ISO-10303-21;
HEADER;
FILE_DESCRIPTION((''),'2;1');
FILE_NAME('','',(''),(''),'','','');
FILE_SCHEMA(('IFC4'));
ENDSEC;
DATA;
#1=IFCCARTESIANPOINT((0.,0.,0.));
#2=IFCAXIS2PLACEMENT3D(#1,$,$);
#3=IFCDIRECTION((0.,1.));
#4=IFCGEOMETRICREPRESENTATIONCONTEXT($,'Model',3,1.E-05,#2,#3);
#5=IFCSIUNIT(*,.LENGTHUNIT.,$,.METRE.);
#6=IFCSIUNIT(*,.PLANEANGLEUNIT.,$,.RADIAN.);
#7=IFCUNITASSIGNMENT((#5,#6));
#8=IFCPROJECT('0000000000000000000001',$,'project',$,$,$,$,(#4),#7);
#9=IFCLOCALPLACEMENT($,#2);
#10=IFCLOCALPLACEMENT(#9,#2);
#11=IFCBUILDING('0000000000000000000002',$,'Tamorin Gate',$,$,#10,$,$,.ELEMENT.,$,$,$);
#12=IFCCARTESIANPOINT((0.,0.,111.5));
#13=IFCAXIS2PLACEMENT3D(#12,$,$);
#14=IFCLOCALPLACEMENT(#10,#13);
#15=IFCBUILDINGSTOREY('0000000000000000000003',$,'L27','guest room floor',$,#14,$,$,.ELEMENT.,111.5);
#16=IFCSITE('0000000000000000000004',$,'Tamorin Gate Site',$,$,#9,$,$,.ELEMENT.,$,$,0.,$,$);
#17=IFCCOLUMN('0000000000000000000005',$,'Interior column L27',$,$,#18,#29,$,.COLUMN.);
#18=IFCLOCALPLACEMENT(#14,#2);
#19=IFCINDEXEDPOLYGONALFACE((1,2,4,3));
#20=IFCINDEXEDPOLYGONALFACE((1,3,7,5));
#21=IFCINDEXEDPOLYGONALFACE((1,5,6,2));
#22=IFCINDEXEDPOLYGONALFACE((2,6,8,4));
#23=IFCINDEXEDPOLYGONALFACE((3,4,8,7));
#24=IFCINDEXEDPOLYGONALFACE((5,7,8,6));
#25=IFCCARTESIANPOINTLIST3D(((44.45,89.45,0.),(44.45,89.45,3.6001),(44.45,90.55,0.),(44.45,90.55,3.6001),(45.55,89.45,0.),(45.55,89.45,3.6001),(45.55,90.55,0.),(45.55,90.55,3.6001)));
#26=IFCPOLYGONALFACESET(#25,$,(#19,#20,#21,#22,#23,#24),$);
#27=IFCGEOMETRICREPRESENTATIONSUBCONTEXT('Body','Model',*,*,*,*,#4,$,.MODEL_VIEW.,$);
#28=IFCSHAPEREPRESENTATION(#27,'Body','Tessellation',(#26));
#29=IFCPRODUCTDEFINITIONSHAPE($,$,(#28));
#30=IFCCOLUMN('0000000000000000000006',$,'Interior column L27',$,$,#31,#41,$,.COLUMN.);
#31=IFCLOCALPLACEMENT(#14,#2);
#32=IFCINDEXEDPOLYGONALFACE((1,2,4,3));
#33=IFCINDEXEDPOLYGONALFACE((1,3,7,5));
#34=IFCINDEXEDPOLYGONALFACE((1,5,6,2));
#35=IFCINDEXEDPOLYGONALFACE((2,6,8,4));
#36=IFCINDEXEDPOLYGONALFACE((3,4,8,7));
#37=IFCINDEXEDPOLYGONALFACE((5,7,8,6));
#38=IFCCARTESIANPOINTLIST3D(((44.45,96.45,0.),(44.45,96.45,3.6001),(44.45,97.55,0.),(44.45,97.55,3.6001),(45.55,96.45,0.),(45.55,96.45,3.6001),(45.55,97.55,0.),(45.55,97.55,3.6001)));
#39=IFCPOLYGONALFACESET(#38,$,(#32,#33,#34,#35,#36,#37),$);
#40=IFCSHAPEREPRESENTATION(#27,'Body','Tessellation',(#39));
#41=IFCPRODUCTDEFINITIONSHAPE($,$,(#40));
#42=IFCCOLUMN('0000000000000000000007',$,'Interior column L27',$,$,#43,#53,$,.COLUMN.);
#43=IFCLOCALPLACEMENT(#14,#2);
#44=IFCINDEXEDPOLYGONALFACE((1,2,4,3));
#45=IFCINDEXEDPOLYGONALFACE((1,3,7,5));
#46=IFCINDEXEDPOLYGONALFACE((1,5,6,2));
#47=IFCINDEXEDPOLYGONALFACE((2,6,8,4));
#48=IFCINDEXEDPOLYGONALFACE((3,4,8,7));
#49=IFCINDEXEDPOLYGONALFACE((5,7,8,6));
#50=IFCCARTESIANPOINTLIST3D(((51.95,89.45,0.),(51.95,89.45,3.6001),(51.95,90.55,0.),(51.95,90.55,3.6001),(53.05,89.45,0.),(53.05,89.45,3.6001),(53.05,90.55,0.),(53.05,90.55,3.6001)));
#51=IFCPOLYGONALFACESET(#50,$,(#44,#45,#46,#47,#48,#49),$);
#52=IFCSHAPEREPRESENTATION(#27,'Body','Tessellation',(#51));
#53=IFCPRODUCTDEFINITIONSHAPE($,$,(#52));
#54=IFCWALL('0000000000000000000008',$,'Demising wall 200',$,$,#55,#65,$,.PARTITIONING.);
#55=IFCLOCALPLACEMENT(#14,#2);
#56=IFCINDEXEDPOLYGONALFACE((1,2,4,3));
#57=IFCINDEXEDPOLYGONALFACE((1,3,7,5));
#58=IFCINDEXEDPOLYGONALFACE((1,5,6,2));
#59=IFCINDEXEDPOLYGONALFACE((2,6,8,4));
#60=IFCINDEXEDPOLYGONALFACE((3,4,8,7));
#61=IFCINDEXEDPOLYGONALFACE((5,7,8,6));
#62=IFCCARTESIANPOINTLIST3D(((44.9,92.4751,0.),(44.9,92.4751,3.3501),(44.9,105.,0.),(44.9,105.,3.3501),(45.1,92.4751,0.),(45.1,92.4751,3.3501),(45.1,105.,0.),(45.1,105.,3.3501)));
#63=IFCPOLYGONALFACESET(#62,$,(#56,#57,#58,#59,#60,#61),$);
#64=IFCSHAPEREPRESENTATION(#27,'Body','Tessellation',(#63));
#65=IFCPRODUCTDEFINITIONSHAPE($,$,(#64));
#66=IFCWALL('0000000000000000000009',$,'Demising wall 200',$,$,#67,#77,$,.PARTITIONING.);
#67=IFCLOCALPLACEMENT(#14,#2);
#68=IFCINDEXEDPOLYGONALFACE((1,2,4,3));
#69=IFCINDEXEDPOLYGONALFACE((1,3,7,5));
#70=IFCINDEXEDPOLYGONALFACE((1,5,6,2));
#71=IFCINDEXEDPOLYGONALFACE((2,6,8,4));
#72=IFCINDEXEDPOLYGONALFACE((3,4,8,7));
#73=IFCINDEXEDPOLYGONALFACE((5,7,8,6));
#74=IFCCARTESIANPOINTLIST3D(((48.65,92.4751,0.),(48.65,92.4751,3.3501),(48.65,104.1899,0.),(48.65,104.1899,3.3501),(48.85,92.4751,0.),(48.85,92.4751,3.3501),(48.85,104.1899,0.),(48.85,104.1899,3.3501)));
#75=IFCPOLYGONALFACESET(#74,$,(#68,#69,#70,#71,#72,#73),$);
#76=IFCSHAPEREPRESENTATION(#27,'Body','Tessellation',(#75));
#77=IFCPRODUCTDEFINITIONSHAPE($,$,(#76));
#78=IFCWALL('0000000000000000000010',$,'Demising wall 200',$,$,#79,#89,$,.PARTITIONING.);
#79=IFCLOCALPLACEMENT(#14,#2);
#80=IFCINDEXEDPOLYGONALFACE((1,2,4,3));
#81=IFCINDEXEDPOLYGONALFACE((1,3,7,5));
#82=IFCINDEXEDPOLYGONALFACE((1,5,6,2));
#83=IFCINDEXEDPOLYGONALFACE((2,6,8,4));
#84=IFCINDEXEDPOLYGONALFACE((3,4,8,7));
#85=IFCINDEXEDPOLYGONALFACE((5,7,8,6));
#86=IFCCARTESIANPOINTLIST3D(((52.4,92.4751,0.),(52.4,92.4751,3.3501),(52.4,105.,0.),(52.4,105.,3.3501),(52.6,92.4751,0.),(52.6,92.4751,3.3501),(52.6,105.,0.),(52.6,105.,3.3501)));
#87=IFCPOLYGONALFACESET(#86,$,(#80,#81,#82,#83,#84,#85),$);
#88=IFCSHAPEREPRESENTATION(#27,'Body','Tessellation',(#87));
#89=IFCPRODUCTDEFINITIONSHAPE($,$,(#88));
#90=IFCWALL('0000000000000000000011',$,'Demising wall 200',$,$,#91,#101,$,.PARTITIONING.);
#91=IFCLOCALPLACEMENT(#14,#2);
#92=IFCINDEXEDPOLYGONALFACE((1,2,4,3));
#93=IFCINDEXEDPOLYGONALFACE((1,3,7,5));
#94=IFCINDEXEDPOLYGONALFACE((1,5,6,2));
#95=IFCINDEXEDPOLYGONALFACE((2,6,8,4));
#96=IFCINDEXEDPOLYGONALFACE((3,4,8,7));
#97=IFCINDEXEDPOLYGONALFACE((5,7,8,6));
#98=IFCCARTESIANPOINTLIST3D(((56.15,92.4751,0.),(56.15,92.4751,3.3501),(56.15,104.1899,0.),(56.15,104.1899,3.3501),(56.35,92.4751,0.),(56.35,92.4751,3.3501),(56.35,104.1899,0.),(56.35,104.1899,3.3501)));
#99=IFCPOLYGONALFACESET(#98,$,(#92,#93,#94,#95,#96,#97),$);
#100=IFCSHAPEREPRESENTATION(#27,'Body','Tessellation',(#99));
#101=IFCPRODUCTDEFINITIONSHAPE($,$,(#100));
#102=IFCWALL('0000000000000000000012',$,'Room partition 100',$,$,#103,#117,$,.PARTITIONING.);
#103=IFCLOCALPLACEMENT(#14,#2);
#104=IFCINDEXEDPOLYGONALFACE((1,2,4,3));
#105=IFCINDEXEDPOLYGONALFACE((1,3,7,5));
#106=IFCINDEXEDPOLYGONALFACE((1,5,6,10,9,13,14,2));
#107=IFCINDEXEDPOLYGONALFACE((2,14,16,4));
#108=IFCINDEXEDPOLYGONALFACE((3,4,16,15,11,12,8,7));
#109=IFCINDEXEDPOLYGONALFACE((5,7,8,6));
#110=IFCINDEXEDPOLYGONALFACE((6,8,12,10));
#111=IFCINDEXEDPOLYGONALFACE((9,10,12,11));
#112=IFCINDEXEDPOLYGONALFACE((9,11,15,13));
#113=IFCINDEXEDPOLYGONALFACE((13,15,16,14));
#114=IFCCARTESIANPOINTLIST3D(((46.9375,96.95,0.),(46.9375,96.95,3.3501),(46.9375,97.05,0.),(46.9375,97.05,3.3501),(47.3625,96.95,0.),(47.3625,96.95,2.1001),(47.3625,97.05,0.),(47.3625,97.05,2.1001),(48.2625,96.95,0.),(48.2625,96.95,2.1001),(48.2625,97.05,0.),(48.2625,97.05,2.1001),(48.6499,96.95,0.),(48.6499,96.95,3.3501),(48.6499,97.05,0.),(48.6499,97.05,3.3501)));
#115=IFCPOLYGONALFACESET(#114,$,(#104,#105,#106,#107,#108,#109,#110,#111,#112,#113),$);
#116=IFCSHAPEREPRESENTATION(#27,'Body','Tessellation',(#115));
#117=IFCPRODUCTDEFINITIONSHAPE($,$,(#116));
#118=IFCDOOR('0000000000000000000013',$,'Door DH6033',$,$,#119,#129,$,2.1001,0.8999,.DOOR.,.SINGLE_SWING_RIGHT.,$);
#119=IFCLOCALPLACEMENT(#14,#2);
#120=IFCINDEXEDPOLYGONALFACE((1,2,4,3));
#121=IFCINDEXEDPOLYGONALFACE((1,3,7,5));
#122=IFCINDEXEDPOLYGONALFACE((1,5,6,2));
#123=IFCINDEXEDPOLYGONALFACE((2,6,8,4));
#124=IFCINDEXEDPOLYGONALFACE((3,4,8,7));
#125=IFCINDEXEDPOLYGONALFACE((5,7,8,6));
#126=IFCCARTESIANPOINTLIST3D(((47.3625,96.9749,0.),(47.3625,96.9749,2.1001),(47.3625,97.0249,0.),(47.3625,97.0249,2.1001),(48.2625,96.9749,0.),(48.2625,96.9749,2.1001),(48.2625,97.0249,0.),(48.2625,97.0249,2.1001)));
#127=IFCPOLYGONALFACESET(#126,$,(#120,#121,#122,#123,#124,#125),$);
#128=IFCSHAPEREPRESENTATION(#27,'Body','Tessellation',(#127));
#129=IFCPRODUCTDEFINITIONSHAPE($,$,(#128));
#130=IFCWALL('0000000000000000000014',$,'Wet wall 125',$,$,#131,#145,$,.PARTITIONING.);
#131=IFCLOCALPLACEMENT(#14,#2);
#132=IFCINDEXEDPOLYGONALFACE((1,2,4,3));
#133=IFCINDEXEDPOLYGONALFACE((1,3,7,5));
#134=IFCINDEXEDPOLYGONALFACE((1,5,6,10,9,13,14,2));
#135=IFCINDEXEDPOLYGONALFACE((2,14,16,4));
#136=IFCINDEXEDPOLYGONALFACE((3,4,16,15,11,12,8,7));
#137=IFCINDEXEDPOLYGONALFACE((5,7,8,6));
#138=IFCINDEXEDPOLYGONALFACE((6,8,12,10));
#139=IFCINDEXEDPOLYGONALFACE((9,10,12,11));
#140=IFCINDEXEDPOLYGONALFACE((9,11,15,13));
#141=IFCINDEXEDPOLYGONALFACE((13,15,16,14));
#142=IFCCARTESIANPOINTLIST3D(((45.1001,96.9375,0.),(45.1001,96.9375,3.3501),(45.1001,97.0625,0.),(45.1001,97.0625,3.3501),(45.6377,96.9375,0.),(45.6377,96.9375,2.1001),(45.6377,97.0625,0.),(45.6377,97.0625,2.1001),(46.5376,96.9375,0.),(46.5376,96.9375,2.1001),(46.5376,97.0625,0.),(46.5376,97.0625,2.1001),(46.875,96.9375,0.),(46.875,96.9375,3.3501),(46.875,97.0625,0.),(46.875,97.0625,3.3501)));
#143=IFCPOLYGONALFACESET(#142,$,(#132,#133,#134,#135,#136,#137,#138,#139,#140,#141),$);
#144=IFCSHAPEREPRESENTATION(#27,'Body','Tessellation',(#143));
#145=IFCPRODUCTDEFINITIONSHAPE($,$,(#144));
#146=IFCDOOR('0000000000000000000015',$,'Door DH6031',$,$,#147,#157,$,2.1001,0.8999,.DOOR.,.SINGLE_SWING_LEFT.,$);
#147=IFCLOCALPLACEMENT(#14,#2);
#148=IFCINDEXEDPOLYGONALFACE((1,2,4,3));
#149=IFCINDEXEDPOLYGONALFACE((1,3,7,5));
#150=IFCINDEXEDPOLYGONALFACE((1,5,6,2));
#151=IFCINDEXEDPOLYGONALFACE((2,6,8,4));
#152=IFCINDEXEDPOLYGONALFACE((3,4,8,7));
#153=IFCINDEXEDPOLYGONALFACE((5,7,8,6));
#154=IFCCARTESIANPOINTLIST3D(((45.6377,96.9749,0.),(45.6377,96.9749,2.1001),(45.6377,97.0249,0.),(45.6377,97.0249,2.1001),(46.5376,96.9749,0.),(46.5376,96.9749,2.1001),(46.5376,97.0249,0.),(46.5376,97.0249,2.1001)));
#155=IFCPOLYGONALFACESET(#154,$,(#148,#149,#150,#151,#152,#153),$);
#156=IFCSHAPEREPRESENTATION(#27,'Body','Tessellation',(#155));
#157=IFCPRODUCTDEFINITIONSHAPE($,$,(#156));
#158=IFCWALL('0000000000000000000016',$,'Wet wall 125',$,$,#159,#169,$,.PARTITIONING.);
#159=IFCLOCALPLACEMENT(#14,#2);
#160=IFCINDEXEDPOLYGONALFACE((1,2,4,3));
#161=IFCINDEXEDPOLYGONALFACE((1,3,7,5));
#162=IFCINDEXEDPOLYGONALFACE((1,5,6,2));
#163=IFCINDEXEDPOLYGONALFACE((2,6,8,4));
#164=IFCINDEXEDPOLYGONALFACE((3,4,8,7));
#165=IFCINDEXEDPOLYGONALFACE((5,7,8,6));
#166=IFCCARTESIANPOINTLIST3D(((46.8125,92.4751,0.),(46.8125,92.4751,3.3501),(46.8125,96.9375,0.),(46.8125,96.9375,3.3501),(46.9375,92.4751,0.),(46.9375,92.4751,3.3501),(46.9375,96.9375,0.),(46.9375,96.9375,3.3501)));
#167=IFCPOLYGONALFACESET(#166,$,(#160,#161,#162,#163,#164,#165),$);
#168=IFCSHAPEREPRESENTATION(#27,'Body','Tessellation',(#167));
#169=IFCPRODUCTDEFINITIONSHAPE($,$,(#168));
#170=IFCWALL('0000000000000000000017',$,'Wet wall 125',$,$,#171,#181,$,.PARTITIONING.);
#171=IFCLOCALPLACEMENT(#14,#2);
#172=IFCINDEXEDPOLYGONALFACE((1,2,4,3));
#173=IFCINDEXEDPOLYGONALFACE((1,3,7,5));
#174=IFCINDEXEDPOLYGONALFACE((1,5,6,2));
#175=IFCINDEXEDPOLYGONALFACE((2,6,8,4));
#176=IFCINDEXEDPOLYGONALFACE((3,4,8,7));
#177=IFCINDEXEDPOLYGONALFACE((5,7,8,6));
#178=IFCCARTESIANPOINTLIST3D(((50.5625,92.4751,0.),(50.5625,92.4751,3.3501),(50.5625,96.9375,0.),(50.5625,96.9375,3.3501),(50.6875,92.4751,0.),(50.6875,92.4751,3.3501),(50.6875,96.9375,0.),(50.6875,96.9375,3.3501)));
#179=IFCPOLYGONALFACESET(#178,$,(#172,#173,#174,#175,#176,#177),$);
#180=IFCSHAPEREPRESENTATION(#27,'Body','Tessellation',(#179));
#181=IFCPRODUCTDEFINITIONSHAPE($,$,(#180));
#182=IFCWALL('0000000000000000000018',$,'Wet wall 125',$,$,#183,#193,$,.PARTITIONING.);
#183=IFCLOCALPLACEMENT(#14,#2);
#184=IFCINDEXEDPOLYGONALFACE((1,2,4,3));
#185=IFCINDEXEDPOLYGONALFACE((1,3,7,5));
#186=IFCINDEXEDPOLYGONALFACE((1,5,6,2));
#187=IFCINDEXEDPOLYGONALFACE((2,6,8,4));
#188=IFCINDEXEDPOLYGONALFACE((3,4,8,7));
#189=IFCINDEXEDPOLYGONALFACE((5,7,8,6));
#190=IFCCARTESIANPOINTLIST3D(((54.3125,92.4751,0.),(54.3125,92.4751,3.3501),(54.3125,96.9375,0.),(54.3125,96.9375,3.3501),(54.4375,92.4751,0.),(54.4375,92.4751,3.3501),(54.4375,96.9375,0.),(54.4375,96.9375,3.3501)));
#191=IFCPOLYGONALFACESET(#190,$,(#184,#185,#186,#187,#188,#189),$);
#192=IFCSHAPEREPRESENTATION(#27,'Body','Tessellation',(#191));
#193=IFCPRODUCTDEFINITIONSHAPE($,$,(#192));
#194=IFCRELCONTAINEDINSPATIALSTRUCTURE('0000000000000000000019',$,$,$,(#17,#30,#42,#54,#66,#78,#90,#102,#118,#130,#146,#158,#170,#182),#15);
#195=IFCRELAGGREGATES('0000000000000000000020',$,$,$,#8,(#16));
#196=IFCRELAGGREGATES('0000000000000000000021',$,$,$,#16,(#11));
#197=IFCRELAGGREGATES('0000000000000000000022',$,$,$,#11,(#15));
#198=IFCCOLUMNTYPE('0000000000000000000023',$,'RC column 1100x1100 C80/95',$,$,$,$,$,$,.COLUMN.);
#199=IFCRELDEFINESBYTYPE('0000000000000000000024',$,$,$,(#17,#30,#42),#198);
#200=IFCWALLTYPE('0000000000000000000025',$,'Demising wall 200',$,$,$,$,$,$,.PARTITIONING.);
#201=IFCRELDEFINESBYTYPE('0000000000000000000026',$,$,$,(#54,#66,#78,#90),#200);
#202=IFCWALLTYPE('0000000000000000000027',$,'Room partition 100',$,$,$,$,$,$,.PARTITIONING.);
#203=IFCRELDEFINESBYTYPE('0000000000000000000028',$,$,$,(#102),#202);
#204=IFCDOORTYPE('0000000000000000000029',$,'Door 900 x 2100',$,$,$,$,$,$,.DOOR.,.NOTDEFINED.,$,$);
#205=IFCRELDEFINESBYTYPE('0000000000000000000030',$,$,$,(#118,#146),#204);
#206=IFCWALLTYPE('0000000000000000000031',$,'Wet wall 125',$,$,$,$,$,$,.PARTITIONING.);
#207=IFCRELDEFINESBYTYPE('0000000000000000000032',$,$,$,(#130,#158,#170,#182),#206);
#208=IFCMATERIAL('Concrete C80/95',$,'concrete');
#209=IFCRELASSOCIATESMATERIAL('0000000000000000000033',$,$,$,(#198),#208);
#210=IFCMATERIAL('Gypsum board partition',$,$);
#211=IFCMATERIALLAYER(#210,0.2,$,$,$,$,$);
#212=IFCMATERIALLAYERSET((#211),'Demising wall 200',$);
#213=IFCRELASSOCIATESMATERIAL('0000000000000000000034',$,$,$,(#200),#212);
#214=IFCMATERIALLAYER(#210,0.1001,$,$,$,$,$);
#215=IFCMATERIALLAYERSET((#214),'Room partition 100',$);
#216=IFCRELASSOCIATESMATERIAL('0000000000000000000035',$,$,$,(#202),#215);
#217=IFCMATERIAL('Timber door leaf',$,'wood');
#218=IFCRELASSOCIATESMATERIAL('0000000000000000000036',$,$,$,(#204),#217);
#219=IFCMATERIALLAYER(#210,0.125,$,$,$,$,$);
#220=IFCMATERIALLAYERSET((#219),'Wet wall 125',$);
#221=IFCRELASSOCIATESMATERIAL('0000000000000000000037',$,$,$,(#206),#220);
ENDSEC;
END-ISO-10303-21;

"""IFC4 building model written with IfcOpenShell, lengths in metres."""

from ifc_helpers import new_model, si_unit, direction, frame, frame_2d, origin, origin_2d, place, context, subcontext, project, spatial, rectangle, extrude, material, layer, layer_set, material_profile, profile_set, type_object, element, fill, save


model = new_model("IFC4")

# Units and contexts
model_context = context("Model", 3, precision=1e-05, world=origin(), true_north=direction((0.0, 1.0)))
body_context = subcontext(model_context, "Body", "Model", "MODEL_VIEW")
ifc_project = project(units=[si_unit("LENGTHUNIT", "METRE"), si_unit("PLANEANGLEUNIT", "RADIAN")], contexts=[model_context])

# Site, building, storey
site_placement = place(None, origin())
site = spatial("IfcSite", under=ifc_project, at=site_placement, Name="Tamorin Gate Site", CompositionType="ELEMENT", RefElevation=0.0)
building_placement = place(site_placement, origin())
building = spatial("IfcBuilding", under=site, at=building_placement, Name="Tamorin Gate", CompositionType="ELEMENT")
storey_placement = place(building_placement, frame((0.0, 0.0, 111.5)))
storey = spatial("IfcBuildingStorey", under=building, at=storey_placement, Name="L27", Description="guest room floor", CompositionType="ELEMENT", Elevation=111.5)

# Columns
ifc_material_1 = material(Name="Concrete C80/95", Category="concrete")
ifc_material_profile = material_profile(ifc_material_1, rectangle(XDim=1.1001, YDim=1.1001, at=origin_2d()), Name="RC 1100x1100")
ifc_profile_set = profile_set([ifc_material_profile], Name="Concrete C80/95")
column_type = type_object("IfcColumnType", Name="RC column 1100x1100 C80/95", PredefinedType="COLUMN", material=ifc_profile_set)
for number, where, z_axis, x_axis, name in (
    (1, (45.0, 90.0, 0.0), (0.0, 0.0, 1.0), (1.0, 0.0, 0.0), "Interior column L27"),
    (2, (45.0, 97.0, 0.0), (0.0, 0.0, 1.0), (1.0, 0.0, 0.0), "Interior column L27"),
    (3, (52.5, 90.0, 0.0), (0.0, 0.0, 1.0), (1.0, 0.0, 0.0), "Interior column L27"),
):
    element("IfcColumn", number, at=place(storey_placement, frame(where, z_axis=z_axis, x_axis=x_axis)), inside=storey, type_object=column_type, Name=name, PredefinedType="COLUMN", context=body_context, shape_type="SweptSolid", body=[
        extrude(rectangle(XDim=1.1001, YDim=1.1001, at=origin_2d()), origin(), (0.0, 0.0, 1.0), 3.6001),
    ])

# Walls
ifc_material_2 = material(Name="Gypsum board partition")
ifc_layer_1 = layer(ifc_material_2, 0.2)
ifc_layer_set_1 = layer_set([ifc_layer_1], Name="Demising wall 200")
wall_type_1 = type_object("IfcWallType", Name="Demising wall 200", PredefinedType="PARTITIONING", material=ifc_layer_set_1)
wall_1_placement = place(storey_placement, frame((45.0, 92.4751, 0.0), z_axis=(0.0, 0.0, 1.0), x_axis=(0.0, 1.0, 0.0)))
element("IfcWall", 4, at=wall_1_placement, inside=storey, type_object=wall_type_1, Name="Demising wall 200", PredefinedType="PARTITIONING", context=body_context, shape_type="SweptSolid", body=[
    extrude(rectangle(XDim=12.5249, YDim=0.2, at=frame_2d((6.2625, 0.0))), origin(), (0.0, 0.0, 1.0), 3.3501),
])
wall_2_placement = place(storey_placement, frame((48.75, 92.4751, 0.0), z_axis=(0.0, 0.0, 1.0), x_axis=(0.0, 1.0, 0.0)))
element("IfcWall", 5, at=wall_2_placement, inside=storey, type_object=wall_type_1, Name="Demising wall 200", PredefinedType="PARTITIONING", context=body_context, shape_type="SweptSolid", body=[
    extrude(rectangle(XDim=11.7148, YDim=0.2, at=frame_2d((5.8574, 0.0))), origin(), (0.0, 0.0, 1.0), 3.3501),
])
wall_3_placement = place(storey_placement, frame((52.5, 92.4751, 0.0), z_axis=(0.0, 0.0, 1.0), x_axis=(0.0, 1.0, 0.0)))
element("IfcWall", 6, at=wall_3_placement, inside=storey, type_object=wall_type_1, Name="Demising wall 200", PredefinedType="PARTITIONING", context=body_context, shape_type="SweptSolid", body=[
    extrude(rectangle(XDim=12.5249, YDim=0.2, at=frame_2d((6.2625, 0.0))), origin(), (0.0, 0.0, 1.0), 3.3501),
])
wall_4_placement = place(storey_placement, frame((56.25, 92.4751, 0.0), z_axis=(0.0, 0.0, 1.0), x_axis=(0.0, 1.0, 0.0)))
element("IfcWall", 7, at=wall_4_placement, inside=storey, type_object=wall_type_1, Name="Demising wall 200", PredefinedType="PARTITIONING", context=body_context, shape_type="SweptSolid", body=[
    extrude(rectangle(XDim=11.7148, YDim=0.2, at=frame_2d((5.8574, 0.0))), origin(), (0.0, 0.0, 1.0), 3.3501),
])

# Walls, openings, doors
ifc_layer_2 = layer(ifc_material_2, 0.1001)
ifc_layer_set_2 = layer_set([ifc_layer_2], Name="Room partition 100")
wall_type_2 = type_object("IfcWallType", Name="Room partition 100", PredefinedType="PARTITIONING", material=ifc_layer_set_2)
wall_5_placement = place(storey_placement, frame((46.9375, 97.0, 0.0), z_axis=(0.0, 0.0, 1.0), x_axis=(1.0, 0.0, 0.0)))
wall_5 = element("IfcWall", 8, at=wall_5_placement, inside=storey, type_object=wall_type_2, Name="Room partition 100", PredefinedType="PARTITIONING", context=body_context, shape_type="SweptSolid", body=[
    extrude(rectangle(XDim=1.7124, YDim=0.1001, at=frame_2d((0.8562, 0.0))), origin(), (0.0, 0.0, 1.0), 3.3501),
])
opening_1_placement = place(wall_5_placement, frame((0.425, 0.0, 0.0)))
opening_1 = element("IfcOpeningElement", 9, at=opening_1_placement, cuts=wall_5, PredefinedType="OPENING", context=body_context, shape_type="SweptSolid", body=[
    extrude(rectangle(XDim=0.8999, YDim=2.1001, at=frame_2d((0.45, 1.05))), frame((0.0, 0.0601, 0.0), z_axis=(0.0, -1.0, 0.0), x_axis=(1.0, 0.0, 0.0)), (0.0, 0.0, 1.0), 0.1201),
])
ifc_material_3 = material(Name="Timber door leaf", Category="wood")
door_type = type_object("IfcDoorType", Name="Door 900 x 2100", OperationType="NOTDEFINED", PredefinedType="DOOR", material=ifc_material_3)
door_1_placement = place(opening_1_placement, origin())
door_1 = element("IfcDoor", 10, at=door_1_placement, inside=storey, type_object=door_type, Name="Door DH6033", OperationType="SINGLE_SWING_RIGHT", OverallHeight=2.1001, OverallWidth=0.8999, PredefinedType="DOOR", context=body_context, shape_type="SweptSolid", body=[
    extrude(rectangle(XDim=0.8999, YDim=2.1001, at=frame_2d((0.45, 1.05))), frame((0.0, 0.0249, 0.0), z_axis=(0.0, -1.0, 0.0), x_axis=(1.0, 0.0, 0.0)), (0.0, 0.0, 1.0), 0.05),
])
fill(opening_1, door_1)
ifc_layer_3 = layer(ifc_material_2, 0.125)
ifc_layer_set_3 = layer_set([ifc_layer_3], Name="Wet wall 125")
wall_type_3 = type_object("IfcWallType", Name="Wet wall 125", PredefinedType="PARTITIONING", material=ifc_layer_set_3)
wall_6_placement = place(storey_placement, frame((45.1001, 97.0, 0.0), z_axis=(0.0, 0.0, 1.0), x_axis=(1.0, 0.0, 0.0)))
wall_6 = element("IfcWall", 11, at=wall_6_placement, inside=storey, type_object=wall_type_3, Name="Wet wall 125", PredefinedType="PARTITIONING", context=body_context, shape_type="SweptSolid", body=[
    extrude(rectangle(XDim=1.7749, YDim=0.125, at=frame_2d((0.8875, 0.0))), origin(), (0.0, 0.0, 1.0), 3.3501),
])
opening_2_placement = place(wall_6_placement, frame((0.5376, 0.0, 0.0)))
opening_2 = element("IfcOpeningElement", 12, at=opening_2_placement, cuts=wall_6, PredefinedType="OPENING", context=body_context, shape_type="SweptSolid", body=[
    extrude(rectangle(XDim=0.8999, YDim=2.1001, at=frame_2d((0.45, 1.05))), frame((0.0, 0.0725, 0.0), z_axis=(0.0, -1.0, 0.0), x_axis=(1.0, 0.0, 0.0)), (0.0, 0.0, 1.0), 0.145),
])
door_2_placement = place(opening_2_placement, origin())
door_2 = element("IfcDoor", 13, at=door_2_placement, inside=storey, type_object=door_type, Name="Door DH6031", OperationType="SINGLE_SWING_LEFT", OverallHeight=2.1001, OverallWidth=0.8999, PredefinedType="DOOR", context=body_context, shape_type="SweptSolid", body=[
    extrude(rectangle(XDim=0.8999, YDim=2.1001, at=frame_2d((0.45, 1.05))), frame((0.0, 0.0249, 0.0), z_axis=(0.0, -1.0, 0.0), x_axis=(1.0, 0.0, 0.0)), (0.0, 0.0, 1.0), 0.05),
])
fill(opening_2, door_2)

# Walls
for number, where, z_axis, x_axis, name in (
    (14, (46.875, 92.4751, 0.0), (0.0, 0.0, 1.0), (0.0, 1.0, 0.0), "Wet wall 125"),
    (15, (50.625, 92.4751, 0.0), (0.0, 0.0, 1.0), (0.0, 1.0, 0.0), "Wet wall 125"),
    (16, (54.375, 92.4751, 0.0), (0.0, 0.0, 1.0), (0.0, 1.0, 0.0), "Wet wall 125"),
):
    element("IfcWall", number, at=place(storey_placement, frame(where, z_axis=z_axis, x_axis=x_axis)), inside=storey, type_object=wall_type_3, Name=name, PredefinedType="PARTITIONING", context=body_context, shape_type="SweptSolid", body=[
        extrude(rectangle(XDim=4.4624, YDim=0.125, at=frame_2d((2.2312, 0.0))), origin(), (0.0, 0.0, 1.0), 3.3501),
    ])

save(model, "model.ifc")
